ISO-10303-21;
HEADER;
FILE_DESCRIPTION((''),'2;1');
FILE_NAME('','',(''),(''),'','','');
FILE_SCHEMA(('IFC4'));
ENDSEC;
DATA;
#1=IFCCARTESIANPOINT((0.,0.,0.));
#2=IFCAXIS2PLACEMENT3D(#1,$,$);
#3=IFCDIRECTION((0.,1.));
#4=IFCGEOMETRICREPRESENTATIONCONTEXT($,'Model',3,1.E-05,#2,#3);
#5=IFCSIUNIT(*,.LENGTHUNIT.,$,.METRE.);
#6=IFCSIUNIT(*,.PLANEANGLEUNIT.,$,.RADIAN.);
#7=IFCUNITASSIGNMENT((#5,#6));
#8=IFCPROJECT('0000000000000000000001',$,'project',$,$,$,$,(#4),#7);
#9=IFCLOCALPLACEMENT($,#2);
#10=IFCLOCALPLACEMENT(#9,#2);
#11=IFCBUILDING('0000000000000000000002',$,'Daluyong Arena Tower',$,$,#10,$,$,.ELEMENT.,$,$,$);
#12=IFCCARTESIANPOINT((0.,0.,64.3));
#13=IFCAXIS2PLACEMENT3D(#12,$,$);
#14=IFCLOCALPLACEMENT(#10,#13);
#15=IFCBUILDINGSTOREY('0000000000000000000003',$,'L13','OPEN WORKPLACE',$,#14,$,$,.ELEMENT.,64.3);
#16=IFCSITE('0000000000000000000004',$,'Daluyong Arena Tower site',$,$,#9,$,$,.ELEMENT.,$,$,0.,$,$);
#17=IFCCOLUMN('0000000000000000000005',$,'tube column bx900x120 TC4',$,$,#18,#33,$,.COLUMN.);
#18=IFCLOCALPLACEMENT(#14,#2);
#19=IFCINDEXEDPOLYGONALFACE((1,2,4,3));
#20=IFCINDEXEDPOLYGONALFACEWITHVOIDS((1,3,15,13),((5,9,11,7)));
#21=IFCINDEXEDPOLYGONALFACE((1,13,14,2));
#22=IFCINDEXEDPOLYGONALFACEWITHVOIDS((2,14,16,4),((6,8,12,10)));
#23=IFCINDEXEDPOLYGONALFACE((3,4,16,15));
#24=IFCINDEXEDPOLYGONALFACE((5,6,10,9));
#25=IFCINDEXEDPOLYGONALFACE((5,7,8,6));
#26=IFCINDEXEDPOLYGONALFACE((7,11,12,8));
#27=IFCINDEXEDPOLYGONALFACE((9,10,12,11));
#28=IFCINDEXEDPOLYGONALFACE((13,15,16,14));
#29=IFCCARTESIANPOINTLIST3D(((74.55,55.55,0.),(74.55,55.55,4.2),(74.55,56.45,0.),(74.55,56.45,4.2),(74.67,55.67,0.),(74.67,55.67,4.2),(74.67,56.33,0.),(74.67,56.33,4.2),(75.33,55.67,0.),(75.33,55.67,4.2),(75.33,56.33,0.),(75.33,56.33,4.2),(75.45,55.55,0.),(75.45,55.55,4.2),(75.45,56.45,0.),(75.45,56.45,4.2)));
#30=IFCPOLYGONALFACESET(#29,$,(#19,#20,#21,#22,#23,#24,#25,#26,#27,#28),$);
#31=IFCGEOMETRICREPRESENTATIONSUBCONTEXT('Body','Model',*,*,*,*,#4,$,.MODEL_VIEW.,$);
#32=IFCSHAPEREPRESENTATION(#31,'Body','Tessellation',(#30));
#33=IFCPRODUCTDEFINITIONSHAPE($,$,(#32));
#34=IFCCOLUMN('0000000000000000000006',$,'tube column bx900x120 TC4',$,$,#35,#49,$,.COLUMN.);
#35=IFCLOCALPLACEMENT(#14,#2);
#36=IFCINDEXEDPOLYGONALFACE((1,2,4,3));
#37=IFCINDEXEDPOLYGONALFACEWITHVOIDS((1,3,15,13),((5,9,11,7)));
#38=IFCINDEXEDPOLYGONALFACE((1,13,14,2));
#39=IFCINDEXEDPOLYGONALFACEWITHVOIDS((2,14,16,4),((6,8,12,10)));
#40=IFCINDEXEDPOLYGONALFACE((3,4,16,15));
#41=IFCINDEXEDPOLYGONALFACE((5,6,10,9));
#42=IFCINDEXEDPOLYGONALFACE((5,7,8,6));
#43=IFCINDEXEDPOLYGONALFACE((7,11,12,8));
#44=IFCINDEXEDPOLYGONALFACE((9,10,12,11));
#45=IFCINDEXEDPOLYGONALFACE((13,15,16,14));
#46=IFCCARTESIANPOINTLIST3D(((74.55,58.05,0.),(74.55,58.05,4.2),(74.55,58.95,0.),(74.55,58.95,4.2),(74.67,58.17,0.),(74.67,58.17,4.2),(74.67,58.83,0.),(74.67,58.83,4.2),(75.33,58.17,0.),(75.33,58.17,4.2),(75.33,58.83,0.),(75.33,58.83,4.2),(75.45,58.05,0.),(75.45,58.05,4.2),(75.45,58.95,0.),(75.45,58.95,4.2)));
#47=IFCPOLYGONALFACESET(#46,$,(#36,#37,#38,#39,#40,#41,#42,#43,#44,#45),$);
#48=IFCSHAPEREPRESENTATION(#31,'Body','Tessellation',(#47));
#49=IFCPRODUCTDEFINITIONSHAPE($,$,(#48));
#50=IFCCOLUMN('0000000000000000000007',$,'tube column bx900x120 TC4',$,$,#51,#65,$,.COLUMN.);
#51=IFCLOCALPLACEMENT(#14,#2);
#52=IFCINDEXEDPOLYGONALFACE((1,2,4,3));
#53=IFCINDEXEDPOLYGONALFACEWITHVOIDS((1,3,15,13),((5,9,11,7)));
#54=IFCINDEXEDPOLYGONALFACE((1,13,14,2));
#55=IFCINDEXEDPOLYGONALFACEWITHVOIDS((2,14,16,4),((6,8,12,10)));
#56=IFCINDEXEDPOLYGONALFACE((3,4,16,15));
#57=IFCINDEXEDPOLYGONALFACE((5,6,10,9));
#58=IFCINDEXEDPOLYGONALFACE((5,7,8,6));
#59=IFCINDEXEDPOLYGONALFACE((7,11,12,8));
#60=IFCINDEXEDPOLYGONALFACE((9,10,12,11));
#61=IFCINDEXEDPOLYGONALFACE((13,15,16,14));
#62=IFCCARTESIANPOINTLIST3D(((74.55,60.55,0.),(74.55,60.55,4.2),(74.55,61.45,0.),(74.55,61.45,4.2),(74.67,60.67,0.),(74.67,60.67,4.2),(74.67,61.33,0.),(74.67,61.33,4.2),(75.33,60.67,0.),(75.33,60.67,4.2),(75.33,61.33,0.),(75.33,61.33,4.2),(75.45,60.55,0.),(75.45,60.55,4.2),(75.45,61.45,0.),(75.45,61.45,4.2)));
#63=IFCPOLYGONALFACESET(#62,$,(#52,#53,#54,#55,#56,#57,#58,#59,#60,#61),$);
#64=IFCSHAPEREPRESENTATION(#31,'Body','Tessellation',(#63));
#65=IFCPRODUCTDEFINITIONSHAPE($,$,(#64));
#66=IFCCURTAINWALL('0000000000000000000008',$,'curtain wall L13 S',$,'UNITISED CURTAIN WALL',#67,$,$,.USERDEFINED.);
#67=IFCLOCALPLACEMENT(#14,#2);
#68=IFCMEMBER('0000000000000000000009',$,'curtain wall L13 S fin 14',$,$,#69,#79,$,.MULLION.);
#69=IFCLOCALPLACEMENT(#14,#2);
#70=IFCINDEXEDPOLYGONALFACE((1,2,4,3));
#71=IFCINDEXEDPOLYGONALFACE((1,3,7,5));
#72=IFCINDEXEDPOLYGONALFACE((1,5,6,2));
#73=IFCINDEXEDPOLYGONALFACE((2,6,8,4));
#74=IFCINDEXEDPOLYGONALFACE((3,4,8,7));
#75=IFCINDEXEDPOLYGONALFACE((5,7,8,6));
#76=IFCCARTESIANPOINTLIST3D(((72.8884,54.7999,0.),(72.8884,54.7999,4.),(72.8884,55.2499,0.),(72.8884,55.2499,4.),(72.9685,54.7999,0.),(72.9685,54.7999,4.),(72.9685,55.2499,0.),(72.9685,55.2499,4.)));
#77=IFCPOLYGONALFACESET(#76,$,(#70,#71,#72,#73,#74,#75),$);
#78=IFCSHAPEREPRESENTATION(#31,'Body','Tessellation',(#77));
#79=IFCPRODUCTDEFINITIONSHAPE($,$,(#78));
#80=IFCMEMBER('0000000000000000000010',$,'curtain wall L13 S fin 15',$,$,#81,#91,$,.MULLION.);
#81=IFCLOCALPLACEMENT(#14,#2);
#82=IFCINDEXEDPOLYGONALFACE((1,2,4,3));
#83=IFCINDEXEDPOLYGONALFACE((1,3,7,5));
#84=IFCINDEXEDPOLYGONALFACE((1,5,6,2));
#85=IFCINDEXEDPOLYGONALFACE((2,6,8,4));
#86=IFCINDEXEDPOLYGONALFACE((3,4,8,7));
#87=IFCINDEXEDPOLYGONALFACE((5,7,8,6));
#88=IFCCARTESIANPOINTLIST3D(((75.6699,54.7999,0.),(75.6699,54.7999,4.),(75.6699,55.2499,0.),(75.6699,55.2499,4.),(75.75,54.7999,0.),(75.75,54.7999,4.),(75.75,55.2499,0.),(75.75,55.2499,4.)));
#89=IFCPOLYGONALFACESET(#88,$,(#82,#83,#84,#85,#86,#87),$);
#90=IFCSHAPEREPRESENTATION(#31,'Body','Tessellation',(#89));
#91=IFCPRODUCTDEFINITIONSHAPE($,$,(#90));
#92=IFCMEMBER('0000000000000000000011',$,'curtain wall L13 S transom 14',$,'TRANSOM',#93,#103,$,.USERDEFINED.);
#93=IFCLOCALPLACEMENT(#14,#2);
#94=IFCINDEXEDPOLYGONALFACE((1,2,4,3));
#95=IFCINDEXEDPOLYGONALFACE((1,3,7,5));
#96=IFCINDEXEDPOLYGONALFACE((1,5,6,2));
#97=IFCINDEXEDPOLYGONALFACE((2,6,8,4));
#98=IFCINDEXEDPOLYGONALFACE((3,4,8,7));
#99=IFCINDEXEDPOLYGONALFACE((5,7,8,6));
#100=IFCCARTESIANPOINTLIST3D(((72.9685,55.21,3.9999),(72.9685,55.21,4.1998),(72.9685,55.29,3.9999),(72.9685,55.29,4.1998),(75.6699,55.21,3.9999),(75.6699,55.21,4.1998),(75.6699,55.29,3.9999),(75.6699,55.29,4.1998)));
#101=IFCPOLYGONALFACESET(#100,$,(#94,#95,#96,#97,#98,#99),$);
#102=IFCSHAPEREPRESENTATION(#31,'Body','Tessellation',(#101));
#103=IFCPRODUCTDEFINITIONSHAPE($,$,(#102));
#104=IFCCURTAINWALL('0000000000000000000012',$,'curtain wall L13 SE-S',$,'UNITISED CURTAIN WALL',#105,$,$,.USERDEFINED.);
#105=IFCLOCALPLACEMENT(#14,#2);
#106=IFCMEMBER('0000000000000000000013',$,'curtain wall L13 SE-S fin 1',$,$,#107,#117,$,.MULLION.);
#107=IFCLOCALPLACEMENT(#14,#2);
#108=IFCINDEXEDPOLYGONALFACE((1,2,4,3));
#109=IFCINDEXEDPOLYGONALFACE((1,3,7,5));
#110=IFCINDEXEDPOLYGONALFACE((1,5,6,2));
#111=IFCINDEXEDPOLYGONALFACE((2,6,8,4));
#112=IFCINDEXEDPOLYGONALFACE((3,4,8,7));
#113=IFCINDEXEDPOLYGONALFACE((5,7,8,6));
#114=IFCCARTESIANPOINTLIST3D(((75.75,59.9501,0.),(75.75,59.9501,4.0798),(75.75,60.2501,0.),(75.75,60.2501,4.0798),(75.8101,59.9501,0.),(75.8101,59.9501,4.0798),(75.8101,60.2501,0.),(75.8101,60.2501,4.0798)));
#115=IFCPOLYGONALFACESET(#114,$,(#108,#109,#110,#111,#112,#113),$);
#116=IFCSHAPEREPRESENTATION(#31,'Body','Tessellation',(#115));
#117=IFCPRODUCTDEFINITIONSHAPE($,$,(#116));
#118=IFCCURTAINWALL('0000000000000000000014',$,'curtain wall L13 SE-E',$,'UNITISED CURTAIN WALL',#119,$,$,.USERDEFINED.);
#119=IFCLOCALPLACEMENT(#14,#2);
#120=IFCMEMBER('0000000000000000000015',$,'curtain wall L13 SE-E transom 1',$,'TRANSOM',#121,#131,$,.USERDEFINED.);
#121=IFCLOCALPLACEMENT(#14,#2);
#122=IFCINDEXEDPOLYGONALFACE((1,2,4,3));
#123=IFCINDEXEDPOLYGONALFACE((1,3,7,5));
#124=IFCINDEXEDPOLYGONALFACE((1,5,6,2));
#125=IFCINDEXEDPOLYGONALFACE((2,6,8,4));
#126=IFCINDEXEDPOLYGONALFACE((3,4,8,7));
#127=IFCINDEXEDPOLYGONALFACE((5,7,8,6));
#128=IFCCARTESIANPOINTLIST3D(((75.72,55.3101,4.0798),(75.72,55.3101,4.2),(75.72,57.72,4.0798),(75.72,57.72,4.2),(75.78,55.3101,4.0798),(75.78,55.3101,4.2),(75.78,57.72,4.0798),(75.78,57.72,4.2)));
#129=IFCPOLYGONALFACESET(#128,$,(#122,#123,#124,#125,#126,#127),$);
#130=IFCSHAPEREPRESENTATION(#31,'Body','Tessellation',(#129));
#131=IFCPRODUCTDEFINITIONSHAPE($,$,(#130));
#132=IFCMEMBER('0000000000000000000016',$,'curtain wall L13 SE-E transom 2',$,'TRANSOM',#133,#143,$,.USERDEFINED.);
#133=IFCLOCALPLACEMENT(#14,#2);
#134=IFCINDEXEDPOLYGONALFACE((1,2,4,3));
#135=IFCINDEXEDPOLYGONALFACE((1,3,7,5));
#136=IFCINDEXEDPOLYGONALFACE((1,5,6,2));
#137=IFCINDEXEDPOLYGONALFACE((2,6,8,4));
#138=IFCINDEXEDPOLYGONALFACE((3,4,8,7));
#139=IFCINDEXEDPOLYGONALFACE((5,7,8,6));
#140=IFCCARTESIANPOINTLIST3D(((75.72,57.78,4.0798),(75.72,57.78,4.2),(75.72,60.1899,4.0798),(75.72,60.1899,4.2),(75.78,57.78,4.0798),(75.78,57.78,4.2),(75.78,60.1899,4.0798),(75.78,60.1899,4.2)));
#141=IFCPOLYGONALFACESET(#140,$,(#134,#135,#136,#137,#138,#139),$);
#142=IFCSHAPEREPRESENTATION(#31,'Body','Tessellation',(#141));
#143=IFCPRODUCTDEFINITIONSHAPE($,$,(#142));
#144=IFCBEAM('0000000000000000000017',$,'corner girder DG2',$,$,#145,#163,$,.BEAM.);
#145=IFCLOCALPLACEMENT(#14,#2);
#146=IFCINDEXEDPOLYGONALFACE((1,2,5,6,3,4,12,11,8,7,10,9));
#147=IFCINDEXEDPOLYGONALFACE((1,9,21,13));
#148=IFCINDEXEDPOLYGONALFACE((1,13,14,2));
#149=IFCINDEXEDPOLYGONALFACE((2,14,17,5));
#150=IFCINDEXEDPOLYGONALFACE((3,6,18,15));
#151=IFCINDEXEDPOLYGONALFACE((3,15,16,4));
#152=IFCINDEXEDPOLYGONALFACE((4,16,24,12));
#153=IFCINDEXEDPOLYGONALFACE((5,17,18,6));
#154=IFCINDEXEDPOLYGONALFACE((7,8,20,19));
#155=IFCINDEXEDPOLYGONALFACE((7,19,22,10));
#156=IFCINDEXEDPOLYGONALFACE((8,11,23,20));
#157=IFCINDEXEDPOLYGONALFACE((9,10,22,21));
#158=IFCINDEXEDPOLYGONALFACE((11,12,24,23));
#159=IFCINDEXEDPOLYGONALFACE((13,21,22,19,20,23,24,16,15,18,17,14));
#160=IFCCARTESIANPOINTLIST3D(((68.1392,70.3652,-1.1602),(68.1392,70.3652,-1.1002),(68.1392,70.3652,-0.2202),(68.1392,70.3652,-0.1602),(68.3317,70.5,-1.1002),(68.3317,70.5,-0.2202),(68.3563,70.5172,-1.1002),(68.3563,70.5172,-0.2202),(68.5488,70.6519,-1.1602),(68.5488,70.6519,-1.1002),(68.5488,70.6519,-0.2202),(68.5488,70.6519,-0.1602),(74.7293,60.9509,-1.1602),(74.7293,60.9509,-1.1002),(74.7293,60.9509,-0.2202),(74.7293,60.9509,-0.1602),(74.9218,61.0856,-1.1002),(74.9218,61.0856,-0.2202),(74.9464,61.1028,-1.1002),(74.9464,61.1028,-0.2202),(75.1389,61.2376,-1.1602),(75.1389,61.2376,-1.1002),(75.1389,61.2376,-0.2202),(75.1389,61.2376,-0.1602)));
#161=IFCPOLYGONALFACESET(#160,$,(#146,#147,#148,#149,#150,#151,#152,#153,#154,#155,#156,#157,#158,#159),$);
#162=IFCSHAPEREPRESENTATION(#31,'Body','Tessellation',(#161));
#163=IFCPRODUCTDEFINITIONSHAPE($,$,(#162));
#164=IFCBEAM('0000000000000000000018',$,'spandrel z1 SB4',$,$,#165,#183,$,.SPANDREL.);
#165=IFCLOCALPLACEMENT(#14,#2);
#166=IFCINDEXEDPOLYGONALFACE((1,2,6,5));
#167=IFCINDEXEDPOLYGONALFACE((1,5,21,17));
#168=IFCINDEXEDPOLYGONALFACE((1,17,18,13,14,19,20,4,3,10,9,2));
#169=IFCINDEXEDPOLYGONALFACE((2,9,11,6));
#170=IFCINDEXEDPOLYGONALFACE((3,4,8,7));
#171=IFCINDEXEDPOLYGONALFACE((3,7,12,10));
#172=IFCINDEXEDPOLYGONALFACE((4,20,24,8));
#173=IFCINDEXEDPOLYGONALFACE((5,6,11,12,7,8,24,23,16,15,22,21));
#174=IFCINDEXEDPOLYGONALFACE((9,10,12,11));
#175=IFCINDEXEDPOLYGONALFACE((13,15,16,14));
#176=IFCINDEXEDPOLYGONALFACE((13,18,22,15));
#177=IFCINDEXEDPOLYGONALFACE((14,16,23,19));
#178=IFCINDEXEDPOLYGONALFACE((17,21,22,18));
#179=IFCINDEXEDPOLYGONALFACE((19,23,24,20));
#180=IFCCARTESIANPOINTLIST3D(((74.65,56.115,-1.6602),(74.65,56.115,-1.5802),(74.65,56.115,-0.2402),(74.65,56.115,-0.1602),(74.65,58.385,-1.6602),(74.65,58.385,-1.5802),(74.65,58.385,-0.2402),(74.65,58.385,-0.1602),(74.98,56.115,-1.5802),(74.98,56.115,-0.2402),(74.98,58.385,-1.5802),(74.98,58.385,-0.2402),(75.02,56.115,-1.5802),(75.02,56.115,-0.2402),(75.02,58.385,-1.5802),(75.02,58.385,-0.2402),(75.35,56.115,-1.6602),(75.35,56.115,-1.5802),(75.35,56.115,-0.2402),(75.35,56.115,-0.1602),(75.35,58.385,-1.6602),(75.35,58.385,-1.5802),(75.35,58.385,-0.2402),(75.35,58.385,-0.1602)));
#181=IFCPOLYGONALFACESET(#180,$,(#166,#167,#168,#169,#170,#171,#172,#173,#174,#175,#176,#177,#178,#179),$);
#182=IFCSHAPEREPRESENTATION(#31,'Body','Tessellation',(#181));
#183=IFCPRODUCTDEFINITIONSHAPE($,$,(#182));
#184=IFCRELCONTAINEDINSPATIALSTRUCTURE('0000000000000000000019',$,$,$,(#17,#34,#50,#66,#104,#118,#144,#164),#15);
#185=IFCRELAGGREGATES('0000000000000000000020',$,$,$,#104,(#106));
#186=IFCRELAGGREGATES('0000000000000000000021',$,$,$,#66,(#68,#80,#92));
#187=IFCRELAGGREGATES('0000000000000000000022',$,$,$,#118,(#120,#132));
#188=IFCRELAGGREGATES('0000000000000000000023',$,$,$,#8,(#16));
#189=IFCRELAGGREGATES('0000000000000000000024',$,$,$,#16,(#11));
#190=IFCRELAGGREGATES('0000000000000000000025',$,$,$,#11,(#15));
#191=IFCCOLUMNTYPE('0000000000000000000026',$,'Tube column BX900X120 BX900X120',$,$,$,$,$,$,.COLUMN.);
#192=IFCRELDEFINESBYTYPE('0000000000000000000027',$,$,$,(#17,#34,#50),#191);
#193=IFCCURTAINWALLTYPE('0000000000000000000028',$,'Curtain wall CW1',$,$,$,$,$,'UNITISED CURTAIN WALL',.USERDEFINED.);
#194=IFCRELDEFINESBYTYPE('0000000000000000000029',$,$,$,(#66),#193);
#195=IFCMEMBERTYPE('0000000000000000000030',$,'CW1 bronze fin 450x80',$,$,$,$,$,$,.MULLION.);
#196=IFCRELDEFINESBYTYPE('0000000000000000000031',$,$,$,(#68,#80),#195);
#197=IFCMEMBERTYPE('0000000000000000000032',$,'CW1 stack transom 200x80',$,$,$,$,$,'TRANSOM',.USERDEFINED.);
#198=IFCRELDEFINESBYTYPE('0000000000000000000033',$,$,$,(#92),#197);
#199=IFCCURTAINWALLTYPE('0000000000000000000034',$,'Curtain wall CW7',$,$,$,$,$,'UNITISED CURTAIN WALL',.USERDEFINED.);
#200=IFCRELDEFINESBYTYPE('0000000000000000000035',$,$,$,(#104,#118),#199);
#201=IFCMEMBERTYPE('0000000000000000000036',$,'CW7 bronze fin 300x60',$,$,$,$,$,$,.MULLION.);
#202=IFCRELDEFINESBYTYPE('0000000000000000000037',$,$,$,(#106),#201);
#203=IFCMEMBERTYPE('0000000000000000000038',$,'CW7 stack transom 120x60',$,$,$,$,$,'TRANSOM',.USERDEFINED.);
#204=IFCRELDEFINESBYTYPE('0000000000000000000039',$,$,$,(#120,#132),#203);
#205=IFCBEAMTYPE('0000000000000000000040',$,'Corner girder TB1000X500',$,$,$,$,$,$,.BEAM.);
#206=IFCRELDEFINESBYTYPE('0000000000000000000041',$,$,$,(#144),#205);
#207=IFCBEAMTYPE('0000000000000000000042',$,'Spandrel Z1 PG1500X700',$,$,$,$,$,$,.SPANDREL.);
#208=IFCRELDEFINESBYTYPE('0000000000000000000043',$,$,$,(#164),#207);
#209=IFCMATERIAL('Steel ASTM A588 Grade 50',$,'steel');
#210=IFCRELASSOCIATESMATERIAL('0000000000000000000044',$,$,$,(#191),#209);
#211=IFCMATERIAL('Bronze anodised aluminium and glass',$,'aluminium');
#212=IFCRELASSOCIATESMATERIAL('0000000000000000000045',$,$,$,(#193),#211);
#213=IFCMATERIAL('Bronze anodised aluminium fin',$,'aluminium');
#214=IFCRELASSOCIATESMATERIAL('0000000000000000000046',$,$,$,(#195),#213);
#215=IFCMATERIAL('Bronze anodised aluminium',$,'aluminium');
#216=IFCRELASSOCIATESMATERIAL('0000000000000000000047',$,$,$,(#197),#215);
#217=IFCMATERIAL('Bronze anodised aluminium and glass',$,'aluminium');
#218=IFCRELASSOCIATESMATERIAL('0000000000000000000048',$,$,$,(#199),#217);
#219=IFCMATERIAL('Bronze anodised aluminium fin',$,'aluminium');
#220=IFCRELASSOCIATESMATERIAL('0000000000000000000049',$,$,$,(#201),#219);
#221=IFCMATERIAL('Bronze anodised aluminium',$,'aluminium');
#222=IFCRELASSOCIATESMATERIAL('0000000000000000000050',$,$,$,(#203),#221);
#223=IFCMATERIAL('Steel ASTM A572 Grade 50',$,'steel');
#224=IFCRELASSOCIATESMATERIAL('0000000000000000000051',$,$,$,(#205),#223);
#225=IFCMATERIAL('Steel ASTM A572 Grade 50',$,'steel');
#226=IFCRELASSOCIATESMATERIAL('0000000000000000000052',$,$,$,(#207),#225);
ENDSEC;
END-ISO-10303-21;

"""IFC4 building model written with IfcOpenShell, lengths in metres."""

from ifc_helpers import new_model, si_unit, direction, frame, origin, origin_2d, place, context, subcontext, project, spatial, rectangle, hollow_rectangle, i_section, extrude, material, material_profile, profile_set, type_object, element, aggregate, save


model = new_model("IFC4")

# Units and contexts
model_context = context("Model", 3, precision=1e-05, world=origin(), true_north=direction((0.0, 1.0)))
body_context = subcontext(model_context, "Body", "Model", "MODEL_VIEW")
ifc_project = project(units=[si_unit("LENGTHUNIT", "METRE"), si_unit("PLANEANGLEUNIT", "RADIAN")], contexts=[model_context])

# Site, building, storey
site_placement = place(None, origin())
site = spatial("IfcSite", under=ifc_project, at=site_placement, Name="Daluyong Arena Tower site", CompositionType="ELEMENT", RefElevation=0.0)
building_placement = place(site_placement, origin())
building = spatial("IfcBuilding", under=site, at=building_placement, Name="Daluyong Arena Tower", CompositionType="ELEMENT")
storey_placement = place(building_placement, frame((0.0, 0.0, 64.3)))
storey = spatial("IfcBuildingStorey", under=building, at=storey_placement, Name="L13", Description="OPEN WORKPLACE", CompositionType="ELEMENT", Elevation=64.3)

# Columns
ifc_material_1 = material(Name="Steel ASTM A588 Grade 50", Category="steel")
ifc_material_profile_1 = material_profile(ifc_material_1, hollow_rectangle(XDim=0.8999, YDim=0.8999, WallThickness=0.12, at=origin_2d()))
ifc_profile_set_1 = profile_set([ifc_material_profile_1], Name="Steel ASTM A588 Grade 50")
column_type = type_object("IfcColumnType", Name="Tube column BX900X120 BX900X120", PredefinedType="COLUMN", material=ifc_profile_set_1)
for number, where, z_axis, x_axis, name in (
    (1, (75.0, 56.0, 0.0), (0.0, 0.0, 1.0), (0.0, 1.0, 0.0), "tube column bx900x120 TC4"),
    (2, (75.0, 58.5, 0.0), (0.0, 0.0, 1.0), (0.0, 1.0, 0.0), "tube column bx900x120 TC4"),
    (3, (75.0, 61.0, 0.0), (0.0, 0.0, 1.0), (1.0, 0.0, 0.0), "tube column bx900x120 TC4"),
):
    element("IfcColumn", number, at=place(storey_placement, frame(where, z_axis=z_axis, x_axis=x_axis)), inside=storey, type_object=column_type, Name=name, PredefinedType="COLUMN", context=body_context, shape_type="SweptSolid", body=[
        extrude(hollow_rectangle(XDim=0.8999, YDim=0.8999, WallThickness=0.12, at=origin_2d()), origin(), (0.0, 0.0, 1.0), 4.2),
    ])

# Curtain wall, members
ifc_material_2 = material(Name="Bronze anodised aluminium and glass", Category="aluminium")
curtain_wall_type_1 = type_object("IfcCurtainWallType", Name="Curtain wall CW1", ElementType="UNITISED CURTAIN WALL", PredefinedType="USERDEFINED", material=ifc_material_2)
curtain_wall_1_placement = place(storey_placement, origin())
curtain_wall_1 = element("IfcCurtainWall", 4, at=curtain_wall_1_placement, inside=storey, type_object=curtain_wall_type_1, Name="curtain wall L13 S", ObjectType="UNITISED CURTAIN WALL", PredefinedType="USERDEFINED")
ifc_material_3 = material(Name="Bronze anodised aluminium fin", Category="aluminium")
ifc_material_profile_2 = material_profile(ifc_material_3, rectangle(XDim=0.45, YDim=0.0801, at=origin_2d()))
ifc_profile_set_2 = profile_set([ifc_material_profile_2], Name="Bronze anodised aluminium fin")
member_type_1 = type_object("IfcMemberType", Name="CW1 bronze fin 450x80", PredefinedType="MULLION", material=ifc_profile_set_2)
member_1_placement = place(storey_placement, frame((72.9285, 55.0249, 0.0), z_axis=(0.0, 0.0, 1.0), x_axis=(0.0, 1.0, 0.0)))
member_1 = element("IfcMember", 5, at=member_1_placement, type_object=member_type_1, Name="curtain wall L13 S fin 14", PredefinedType="MULLION", context=body_context, shape_type="SweptSolid", body=[
    extrude(rectangle(XDim=0.45, YDim=0.0801, at=origin_2d()), origin(), (0.0, 0.0, 1.0), 4.0),
])
member_2_placement = place(storey_placement, frame((75.71, 55.0249, 0.0), z_axis=(0.0, 0.0, 1.0), x_axis=(0.0, 1.0, 0.0)))
member_2 = element("IfcMember", 6, at=member_2_placement, type_object=member_type_1, Name="curtain wall L13 S fin 15", PredefinedType="MULLION", context=body_context, shape_type="SweptSolid", body=[
    extrude(rectangle(XDim=0.45, YDim=0.0801, at=origin_2d()), origin(), (0.0, 0.0, 1.0), 4.0),
])
ifc_material_4 = material(Name="Bronze anodised aluminium", Category="aluminium")
ifc_material_profile_3 = material_profile(ifc_material_4, rectangle(XDim=0.0801, YDim=0.2, at=origin_2d()))
ifc_profile_set_3 = profile_set([ifc_material_profile_3], Name="Bronze anodised aluminium")
member_type_2 = type_object("IfcMemberType", Name="CW1 stack transom 200x80", ElementType="TRANSOM", PredefinedType="USERDEFINED", material=ifc_profile_set_3)
member_3_placement = place(storey_placement, frame((72.9685, 55.25, 4.0999), z_axis=(1.0, 0.0, 0.0), x_axis=(0.0, 1.0, 0.0)))
member_3 = element("IfcMember", 7, at=member_3_placement, type_object=member_type_2, Name="curtain wall L13 S transom 14", ObjectType="TRANSOM", PredefinedType="USERDEFINED", context=body_context, shape_type="SweptSolid", body=[
    extrude(rectangle(XDim=0.0801, YDim=0.2, at=origin_2d()), origin(), (0.0, 0.0, 1.0), 2.7014),
])

# Curtain wall, member
ifc_material_5 = material(Name="Bronze anodised aluminium and glass", Category="aluminium")
curtain_wall_type_2 = type_object("IfcCurtainWallType", Name="Curtain wall CW7", ElementType="UNITISED CURTAIN WALL", PredefinedType="USERDEFINED", material=ifc_material_5)
curtain_wall_2_placement = place(storey_placement, origin())
curtain_wall_2 = element("IfcCurtainWall", 8, at=curtain_wall_2_placement, inside=storey, type_object=curtain_wall_type_2, Name="curtain wall L13 SE-S", ObjectType="UNITISED CURTAIN WALL", PredefinedType="USERDEFINED")
ifc_material_6 = material(Name="Bronze anodised aluminium fin", Category="aluminium")
ifc_material_profile_4 = material_profile(ifc_material_6, rectangle(XDim=0.3, YDim=0.0601, at=origin_2d()))
ifc_profile_set_4 = profile_set([ifc_material_profile_4], Name="Bronze anodised aluminium fin")
member_type_3 = type_object("IfcMemberType", Name="CW7 bronze fin 300x60", PredefinedType="MULLION", material=ifc_profile_set_4)
member_4_placement = place(storey_placement, frame((75.78, 60.1001, 0.0), z_axis=(0.0, 0.0, 1.0), x_axis=(0.0, 1.0, 0.0)))
member_4 = element("IfcMember", 9, at=member_4_placement, type_object=member_type_3, Name="curtain wall L13 SE-S fin 1", PredefinedType="MULLION", context=body_context, shape_type="SweptSolid", body=[
    extrude(rectangle(XDim=0.3, YDim=0.0601, at=origin_2d()), origin(), (0.0, 0.0, 1.0), 4.0798),
])
aggregate(curtain_wall_2, [member_4])

# Curtain wall, members
curtain_wall_3_placement = place(storey_placement, origin())
curtain_wall_3 = element("IfcCurtainWall", 10, at=curtain_wall_3_placement, inside=storey, type_object=curtain_wall_type_2, Name="curtain wall L13 SE-E", ObjectType="UNITISED CURTAIN WALL", PredefinedType="USERDEFINED")
ifc_material_7 = material(Name="Bronze anodised aluminium", Category="aluminium")
ifc_material_profile_5 = material_profile(ifc_material_7, rectangle(XDim=0.0601, YDim=0.1201, at=origin_2d()))
ifc_profile_set_5 = profile_set([ifc_material_profile_5], Name="Bronze anodised aluminium")
member_type_4 = type_object("IfcMemberType", Name="CW7 stack transom 120x60", ElementType="TRANSOM", PredefinedType="USERDEFINED", material=ifc_profile_set_5)
member_5_placement = place(storey_placement, frame((75.75, 55.3101, 4.1399), z_axis=(0.0, 1.0, 0.0), x_axis=(-1.0, 0.0, 0.0)))
member_5 = element("IfcMember", 11, at=member_5_placement, type_object=member_type_4, Name="curtain wall L13 SE-E transom 1", ObjectType="TRANSOM", PredefinedType="USERDEFINED", context=body_context, shape_type="SweptSolid", body=[
    extrude(rectangle(XDim=0.0601, YDim=0.1201, at=origin_2d()), origin(), (0.0, 0.0, 1.0), 2.4099),
])
member_6_placement = place(storey_placement, frame((75.75, 57.78, 4.1399), z_axis=(0.0, 1.0, 0.0), x_axis=(-1.0, 0.0, 0.0)))
member_6 = element("IfcMember", 12, at=member_6_placement, type_object=member_type_4, Name="curtain wall L13 SE-E transom 2", ObjectType="TRANSOM", PredefinedType="USERDEFINED", context=body_context, shape_type="SweptSolid", body=[
    extrude(rectangle(XDim=0.0601, YDim=0.1201, at=origin_2d()), origin(), (0.0, 0.0, 1.0), 2.4099),
])

# Beams
ifc_material_8 = material(Name="Steel ASTM A572 Grade 50", Category="steel")
ifc_material_profile_6 = material_profile(ifc_material_8, i_section(OverallWidth=0.5, OverallDepth=1.0, WebThickness=0.03, FlangeThickness=0.06, at=origin_2d()))
ifc_profile_set_6 = profile_set([ifc_material_profile_6], Name="Steel ASTM A572 Grade 50")
beam_type_1 = type_object("IfcBeamType", Name="Corner girder TB1000X500", PredefinedType="BEAM", material=ifc_profile_set_6)
beam_placement = place(storey_placement, frame((74.9341, 61.0942, -0.6602), z_axis=(-0.573467, 0.819229, 0.0), x_axis=(-0.819229, -0.573467, 0.0)))
element("IfcBeam", 13, at=beam_placement, inside=storey, type_object=beam_type_1, Name="corner girder DG2", PredefinedType="BEAM", context=body_context, shape_type="SweptSolid", body=[
    extrude(i_section(OverallWidth=0.5, OverallDepth=1.0, WebThickness=0.03, FlangeThickness=0.06, at=origin_2d()), origin(), (0.0, 0.0, 1.0), 11.4917),
])
ifc_material_9 = material(Name="Steel ASTM A572 Grade 50", Category="steel")
ifc_material_profile_7 = material_profile(ifc_material_9, i_section(OverallWidth=0.7, OverallDepth=1.5, WebThickness=0.04, FlangeThickness=0.08, at=origin_2d()))
ifc_profile_set_7 = profile_set([ifc_material_profile_7], Name="Steel ASTM A572 Grade 50")
beam_type_2 = type_object("IfcBeamType", Name="Spandrel Z1 PG1500X700", PredefinedType="SPANDREL", material=ifc_profile_set_7)
for number, where, z_axis, x_axis, name in (
    (14, (75.0, 56.115, -0.9102), (0.0, 1.0, 0.0), (-1.0, 0.0, 0.0), "spandrel z1 SB4"),
):
    element("IfcBeam", number, at=place(storey_placement, frame(where, z_axis=z_axis, x_axis=x_axis)), inside=storey, type_object=beam_type_2, Name=name, PredefinedType="SPANDREL", context=body_context, shape_type="SweptSolid", body=[
        extrude(i_section(OverallWidth=0.7, OverallDepth=1.5, WebThickness=0.04, FlangeThickness=0.08, at=origin_2d()), origin(), (0.0, 0.0, 1.0), 2.27),
    ])

aggregate(curtain_wall_1, [member_1, member_2, member_3])
aggregate(curtain_wall_3, [member_5, member_6])

save(model, "model.ifc")
